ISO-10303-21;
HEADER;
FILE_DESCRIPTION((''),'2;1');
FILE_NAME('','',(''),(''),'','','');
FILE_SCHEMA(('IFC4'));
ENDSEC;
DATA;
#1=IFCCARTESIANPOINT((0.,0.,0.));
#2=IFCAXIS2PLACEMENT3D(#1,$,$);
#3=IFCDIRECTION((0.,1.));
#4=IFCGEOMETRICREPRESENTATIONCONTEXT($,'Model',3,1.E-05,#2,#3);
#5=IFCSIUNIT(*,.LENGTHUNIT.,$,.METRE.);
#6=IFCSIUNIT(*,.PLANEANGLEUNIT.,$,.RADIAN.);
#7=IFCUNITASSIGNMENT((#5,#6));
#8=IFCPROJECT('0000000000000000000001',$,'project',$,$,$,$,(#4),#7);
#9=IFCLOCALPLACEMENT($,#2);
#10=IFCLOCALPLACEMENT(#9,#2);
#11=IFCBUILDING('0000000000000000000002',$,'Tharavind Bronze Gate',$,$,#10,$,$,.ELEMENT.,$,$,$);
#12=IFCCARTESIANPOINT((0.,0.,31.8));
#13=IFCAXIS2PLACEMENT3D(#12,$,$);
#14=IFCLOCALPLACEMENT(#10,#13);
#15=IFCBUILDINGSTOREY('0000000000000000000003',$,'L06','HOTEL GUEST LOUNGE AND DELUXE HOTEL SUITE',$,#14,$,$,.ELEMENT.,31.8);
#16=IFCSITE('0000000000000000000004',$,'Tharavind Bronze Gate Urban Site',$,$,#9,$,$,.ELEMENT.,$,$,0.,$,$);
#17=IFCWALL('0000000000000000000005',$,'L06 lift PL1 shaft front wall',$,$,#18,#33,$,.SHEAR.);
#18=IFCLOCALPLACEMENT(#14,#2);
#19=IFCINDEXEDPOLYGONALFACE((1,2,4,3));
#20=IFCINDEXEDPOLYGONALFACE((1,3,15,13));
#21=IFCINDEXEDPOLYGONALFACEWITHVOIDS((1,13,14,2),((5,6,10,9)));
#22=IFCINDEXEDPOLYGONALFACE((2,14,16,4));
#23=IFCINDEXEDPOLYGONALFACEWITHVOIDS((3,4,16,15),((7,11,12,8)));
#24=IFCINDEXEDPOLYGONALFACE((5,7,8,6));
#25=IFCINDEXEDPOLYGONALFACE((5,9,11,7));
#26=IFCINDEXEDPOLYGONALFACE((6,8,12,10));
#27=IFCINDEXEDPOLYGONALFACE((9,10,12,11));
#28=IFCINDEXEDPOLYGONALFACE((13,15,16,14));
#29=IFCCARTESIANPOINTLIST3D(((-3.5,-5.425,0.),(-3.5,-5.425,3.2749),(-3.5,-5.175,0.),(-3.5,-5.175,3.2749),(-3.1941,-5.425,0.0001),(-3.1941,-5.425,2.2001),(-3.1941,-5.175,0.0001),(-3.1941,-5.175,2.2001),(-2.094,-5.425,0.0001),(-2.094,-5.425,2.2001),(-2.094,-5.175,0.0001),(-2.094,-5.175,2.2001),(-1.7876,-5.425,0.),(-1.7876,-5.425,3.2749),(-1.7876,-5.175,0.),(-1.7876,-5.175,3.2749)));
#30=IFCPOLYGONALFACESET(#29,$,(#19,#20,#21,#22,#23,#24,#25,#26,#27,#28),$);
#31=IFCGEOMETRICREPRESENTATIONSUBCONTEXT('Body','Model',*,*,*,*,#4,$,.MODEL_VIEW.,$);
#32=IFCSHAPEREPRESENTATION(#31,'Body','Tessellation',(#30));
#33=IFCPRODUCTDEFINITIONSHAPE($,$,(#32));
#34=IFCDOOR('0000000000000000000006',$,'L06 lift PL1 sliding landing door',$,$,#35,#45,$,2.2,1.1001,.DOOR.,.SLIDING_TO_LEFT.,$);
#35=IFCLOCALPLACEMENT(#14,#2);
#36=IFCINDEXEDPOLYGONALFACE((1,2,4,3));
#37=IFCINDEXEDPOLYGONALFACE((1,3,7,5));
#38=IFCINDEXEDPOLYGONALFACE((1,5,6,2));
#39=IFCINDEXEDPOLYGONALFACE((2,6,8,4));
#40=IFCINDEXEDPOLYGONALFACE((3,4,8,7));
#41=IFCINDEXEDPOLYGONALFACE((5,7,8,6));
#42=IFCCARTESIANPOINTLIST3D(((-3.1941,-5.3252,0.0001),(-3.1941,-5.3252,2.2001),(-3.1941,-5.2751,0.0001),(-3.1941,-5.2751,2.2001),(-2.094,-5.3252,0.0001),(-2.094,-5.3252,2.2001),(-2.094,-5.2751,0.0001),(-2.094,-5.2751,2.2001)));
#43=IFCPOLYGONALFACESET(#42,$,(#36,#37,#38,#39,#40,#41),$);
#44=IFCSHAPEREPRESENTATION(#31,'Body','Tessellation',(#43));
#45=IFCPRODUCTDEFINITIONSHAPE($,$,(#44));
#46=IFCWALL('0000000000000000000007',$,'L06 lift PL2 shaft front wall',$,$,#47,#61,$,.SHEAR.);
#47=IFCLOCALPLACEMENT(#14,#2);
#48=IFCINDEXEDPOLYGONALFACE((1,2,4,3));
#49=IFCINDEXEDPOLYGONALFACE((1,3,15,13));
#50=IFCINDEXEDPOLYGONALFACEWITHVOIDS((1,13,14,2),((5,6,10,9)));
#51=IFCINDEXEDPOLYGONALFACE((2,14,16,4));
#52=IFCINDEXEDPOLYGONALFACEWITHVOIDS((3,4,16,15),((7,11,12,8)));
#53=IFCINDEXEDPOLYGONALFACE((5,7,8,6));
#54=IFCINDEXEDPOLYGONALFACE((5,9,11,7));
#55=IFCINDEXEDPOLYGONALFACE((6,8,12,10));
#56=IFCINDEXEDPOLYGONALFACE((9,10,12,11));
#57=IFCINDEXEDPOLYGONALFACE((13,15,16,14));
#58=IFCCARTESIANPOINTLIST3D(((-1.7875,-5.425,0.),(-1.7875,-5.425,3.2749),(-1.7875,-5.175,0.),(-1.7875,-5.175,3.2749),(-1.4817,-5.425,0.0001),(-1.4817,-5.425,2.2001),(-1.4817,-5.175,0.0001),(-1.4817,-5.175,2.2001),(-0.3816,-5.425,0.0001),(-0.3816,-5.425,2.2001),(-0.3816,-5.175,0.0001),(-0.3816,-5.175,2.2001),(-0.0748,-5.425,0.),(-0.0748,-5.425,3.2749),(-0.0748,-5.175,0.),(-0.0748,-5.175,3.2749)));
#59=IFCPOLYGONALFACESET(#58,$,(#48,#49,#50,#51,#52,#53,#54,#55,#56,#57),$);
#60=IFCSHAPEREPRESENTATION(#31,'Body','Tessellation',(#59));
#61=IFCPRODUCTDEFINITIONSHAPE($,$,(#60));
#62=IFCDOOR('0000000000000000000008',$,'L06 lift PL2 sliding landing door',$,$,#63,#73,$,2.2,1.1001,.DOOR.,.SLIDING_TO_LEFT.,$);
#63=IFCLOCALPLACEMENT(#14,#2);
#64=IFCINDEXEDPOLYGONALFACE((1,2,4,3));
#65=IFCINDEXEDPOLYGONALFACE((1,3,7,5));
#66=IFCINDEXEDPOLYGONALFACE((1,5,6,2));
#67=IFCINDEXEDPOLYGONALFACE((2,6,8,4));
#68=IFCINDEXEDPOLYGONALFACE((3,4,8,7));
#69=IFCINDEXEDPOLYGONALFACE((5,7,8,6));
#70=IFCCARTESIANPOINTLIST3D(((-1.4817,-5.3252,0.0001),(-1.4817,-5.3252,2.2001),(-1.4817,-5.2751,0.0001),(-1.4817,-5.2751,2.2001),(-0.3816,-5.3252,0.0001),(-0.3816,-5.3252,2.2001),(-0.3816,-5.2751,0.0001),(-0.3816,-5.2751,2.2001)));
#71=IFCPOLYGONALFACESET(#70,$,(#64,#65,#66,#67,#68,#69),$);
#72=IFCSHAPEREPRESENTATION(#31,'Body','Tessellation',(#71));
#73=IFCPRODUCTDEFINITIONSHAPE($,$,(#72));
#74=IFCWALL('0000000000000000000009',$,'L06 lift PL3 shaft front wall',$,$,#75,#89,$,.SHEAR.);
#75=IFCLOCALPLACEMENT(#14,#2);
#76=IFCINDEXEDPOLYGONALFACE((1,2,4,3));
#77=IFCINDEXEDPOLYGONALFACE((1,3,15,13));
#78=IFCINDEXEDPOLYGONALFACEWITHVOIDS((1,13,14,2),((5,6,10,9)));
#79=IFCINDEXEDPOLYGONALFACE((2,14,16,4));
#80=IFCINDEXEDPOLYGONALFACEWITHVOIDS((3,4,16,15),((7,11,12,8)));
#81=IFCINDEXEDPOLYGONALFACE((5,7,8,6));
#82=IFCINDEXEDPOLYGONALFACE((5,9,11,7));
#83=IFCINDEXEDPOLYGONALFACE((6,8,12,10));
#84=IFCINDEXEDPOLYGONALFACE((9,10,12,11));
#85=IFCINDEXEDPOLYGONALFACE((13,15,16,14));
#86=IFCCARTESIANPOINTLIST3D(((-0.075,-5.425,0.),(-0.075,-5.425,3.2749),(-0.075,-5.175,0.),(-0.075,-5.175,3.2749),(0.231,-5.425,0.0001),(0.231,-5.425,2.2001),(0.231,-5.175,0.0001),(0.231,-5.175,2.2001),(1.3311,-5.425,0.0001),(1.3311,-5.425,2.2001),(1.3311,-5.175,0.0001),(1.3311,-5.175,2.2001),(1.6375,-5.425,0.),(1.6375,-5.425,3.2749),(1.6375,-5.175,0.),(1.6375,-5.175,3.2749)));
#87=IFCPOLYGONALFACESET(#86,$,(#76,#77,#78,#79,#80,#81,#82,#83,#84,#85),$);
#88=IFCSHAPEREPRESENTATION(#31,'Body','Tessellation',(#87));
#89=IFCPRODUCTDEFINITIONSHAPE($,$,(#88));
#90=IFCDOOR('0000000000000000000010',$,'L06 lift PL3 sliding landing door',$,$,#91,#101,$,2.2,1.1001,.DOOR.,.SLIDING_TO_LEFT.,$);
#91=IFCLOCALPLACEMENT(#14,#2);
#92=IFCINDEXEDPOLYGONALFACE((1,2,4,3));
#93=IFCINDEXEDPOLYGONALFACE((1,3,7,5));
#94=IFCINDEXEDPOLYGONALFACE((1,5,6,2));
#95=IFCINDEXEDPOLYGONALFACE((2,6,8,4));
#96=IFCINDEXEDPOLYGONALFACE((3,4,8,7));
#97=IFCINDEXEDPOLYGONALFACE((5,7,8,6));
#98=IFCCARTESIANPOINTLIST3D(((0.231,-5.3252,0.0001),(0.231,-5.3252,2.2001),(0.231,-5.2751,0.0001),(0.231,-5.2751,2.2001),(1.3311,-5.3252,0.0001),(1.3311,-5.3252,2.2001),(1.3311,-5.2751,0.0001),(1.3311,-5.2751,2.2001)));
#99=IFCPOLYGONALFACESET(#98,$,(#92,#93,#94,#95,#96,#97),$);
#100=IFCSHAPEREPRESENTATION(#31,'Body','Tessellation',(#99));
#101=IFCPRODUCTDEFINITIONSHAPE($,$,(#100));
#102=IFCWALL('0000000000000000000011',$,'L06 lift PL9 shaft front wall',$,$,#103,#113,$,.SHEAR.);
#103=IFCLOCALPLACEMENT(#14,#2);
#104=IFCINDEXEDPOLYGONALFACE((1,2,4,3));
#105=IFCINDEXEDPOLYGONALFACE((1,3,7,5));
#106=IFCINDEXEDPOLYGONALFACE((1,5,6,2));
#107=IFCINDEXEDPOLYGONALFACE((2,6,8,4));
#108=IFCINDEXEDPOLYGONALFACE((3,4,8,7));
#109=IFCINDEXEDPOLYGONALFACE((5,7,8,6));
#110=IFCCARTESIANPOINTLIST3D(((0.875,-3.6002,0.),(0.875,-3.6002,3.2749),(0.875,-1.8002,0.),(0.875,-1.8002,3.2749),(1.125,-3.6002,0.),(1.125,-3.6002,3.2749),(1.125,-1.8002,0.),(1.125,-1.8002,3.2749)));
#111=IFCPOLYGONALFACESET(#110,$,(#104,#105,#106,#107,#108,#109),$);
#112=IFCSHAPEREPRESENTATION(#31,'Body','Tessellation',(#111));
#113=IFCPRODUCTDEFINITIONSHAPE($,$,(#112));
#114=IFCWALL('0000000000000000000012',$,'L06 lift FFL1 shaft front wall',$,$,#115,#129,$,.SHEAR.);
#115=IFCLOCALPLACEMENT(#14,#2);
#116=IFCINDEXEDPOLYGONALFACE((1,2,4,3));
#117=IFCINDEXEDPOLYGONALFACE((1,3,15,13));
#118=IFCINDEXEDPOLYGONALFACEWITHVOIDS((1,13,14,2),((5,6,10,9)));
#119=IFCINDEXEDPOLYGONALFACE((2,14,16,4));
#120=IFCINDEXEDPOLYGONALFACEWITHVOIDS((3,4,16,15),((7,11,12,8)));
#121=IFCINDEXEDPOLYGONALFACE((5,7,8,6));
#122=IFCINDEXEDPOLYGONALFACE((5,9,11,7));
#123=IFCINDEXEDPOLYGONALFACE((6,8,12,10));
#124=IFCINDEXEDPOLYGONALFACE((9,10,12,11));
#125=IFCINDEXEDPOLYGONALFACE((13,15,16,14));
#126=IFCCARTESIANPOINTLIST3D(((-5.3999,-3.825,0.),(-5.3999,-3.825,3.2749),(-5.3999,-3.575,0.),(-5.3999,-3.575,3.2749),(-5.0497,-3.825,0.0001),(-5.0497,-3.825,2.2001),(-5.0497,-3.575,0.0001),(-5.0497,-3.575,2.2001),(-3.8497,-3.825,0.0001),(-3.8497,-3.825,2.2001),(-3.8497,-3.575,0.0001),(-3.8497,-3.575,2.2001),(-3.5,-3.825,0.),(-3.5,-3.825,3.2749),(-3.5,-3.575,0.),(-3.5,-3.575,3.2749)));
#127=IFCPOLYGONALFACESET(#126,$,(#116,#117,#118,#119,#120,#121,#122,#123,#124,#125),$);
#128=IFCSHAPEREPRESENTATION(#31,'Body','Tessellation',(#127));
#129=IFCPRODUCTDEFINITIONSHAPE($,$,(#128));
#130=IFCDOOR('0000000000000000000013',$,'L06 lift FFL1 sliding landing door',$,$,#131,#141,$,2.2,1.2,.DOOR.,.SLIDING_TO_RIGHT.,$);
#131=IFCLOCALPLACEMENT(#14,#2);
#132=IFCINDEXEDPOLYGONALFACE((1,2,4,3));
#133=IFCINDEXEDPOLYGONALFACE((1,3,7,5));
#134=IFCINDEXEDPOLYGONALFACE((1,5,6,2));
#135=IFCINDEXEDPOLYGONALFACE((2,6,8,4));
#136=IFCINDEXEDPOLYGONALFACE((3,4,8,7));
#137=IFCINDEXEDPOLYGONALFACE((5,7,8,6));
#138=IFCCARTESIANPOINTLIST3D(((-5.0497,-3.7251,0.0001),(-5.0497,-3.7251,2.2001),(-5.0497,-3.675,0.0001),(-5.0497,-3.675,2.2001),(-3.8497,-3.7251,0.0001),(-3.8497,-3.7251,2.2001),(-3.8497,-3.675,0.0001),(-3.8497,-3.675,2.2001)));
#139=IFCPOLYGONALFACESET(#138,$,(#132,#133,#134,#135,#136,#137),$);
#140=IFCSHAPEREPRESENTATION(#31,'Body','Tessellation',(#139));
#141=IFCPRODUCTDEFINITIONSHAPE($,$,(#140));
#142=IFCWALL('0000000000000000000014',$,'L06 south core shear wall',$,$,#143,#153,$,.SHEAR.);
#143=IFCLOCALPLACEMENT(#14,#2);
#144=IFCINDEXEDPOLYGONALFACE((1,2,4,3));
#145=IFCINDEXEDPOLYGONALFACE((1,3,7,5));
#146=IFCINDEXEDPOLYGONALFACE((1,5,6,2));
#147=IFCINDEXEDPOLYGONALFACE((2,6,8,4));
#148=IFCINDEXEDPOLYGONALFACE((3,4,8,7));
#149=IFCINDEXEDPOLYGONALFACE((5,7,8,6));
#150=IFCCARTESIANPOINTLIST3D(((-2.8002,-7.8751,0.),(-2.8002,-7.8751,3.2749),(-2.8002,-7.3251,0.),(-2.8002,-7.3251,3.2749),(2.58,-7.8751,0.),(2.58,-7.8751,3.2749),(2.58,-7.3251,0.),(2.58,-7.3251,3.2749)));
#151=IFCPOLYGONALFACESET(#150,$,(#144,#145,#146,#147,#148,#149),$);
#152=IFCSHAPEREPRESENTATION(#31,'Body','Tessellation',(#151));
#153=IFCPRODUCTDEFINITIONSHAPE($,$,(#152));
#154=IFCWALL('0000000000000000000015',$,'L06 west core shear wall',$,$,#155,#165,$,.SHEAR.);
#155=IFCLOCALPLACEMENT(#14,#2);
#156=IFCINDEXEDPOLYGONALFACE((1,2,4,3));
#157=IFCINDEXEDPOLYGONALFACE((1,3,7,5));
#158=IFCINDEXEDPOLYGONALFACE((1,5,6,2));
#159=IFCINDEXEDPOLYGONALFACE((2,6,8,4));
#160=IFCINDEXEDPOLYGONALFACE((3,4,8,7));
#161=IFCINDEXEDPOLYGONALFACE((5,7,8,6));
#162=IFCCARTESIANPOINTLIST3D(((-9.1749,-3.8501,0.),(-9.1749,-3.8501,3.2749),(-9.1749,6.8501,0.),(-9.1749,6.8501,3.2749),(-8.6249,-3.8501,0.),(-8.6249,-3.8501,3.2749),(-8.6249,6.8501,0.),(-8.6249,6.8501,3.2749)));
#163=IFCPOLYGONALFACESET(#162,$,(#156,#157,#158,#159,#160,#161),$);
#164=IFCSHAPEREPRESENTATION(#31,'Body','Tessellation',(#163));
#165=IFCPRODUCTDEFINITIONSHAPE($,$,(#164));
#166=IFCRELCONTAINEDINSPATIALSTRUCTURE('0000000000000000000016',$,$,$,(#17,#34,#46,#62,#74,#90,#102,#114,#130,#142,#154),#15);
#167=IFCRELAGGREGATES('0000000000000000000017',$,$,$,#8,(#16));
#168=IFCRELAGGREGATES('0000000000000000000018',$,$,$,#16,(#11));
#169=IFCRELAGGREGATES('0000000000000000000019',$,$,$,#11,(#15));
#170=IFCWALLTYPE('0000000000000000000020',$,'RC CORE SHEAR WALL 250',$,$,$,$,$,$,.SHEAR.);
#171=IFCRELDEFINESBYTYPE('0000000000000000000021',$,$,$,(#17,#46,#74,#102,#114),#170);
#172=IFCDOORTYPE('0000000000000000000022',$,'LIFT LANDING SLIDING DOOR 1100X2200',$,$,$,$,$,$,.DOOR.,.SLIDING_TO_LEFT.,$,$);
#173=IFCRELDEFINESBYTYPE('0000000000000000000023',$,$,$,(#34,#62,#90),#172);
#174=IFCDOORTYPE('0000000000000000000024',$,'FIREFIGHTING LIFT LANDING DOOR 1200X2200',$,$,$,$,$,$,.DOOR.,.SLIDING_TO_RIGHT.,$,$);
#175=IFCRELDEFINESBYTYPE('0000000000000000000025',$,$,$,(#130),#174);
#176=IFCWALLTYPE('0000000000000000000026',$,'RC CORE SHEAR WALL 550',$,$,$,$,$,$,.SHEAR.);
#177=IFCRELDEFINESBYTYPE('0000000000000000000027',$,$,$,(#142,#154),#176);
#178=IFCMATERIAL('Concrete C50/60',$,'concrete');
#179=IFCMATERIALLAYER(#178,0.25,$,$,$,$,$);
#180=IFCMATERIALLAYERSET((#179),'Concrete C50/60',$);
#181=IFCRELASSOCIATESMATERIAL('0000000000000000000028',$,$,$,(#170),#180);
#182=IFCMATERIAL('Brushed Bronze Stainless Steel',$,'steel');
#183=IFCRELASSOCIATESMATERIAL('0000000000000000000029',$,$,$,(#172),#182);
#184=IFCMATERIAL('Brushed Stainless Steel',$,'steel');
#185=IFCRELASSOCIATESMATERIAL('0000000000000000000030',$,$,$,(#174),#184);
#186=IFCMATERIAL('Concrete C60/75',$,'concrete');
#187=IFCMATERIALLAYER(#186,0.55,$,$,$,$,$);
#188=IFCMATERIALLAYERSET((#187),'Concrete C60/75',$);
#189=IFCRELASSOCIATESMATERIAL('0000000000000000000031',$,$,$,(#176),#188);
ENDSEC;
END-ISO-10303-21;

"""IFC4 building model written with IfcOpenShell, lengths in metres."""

from ifc_helpers import new_model, si_unit, direction, frame, frame_2d, origin, place, context, subcontext, project, spatial, rectangle, extrude, material, layer, layer_set, type_object, element, fill, save


model = new_model("IFC4")

# Units and contexts
model_context = context("Model", 3, precision=1e-05, world=origin(), true_north=direction((0.0, 1.0)))
body_context = subcontext(model_context, "Body", "Model", "MODEL_VIEW")
ifc_project = project(units=[si_unit("LENGTHUNIT", "METRE"), si_unit("PLANEANGLEUNIT", "RADIAN")], contexts=[model_context])

# Site, building, storey
site_placement = place(None, origin())
site = spatial("IfcSite", under=ifc_project, at=site_placement, Name="Tharavind Bronze Gate Urban Site", CompositionType="ELEMENT", RefElevation=0.0)
building_placement = place(site_placement, origin())
building = spatial("IfcBuilding", under=site, at=building_placement, Name="Tharavind Bronze Gate", CompositionType="ELEMENT")
storey_placement = place(building_placement, frame((0.0, 0.0, 31.8)))
storey = spatial("IfcBuildingStorey", under=building, at=storey_placement, Name="L06", Description="HOTEL GUEST LOUNGE AND DELUXE HOTEL SUITE", CompositionType="ELEMENT", Elevation=31.8)

# Shared definitions
ifc_material_1 = material(Name="Concrete C50/60", Category="concrete")
ifc_layer_1 = layer(ifc_material_1, 0.25)
ifc_layer_set_1 = layer_set([ifc_layer_1], Name="Concrete C50/60")
wall_type_1 = type_object("IfcWallType", Name="RC CORE SHEAR WALL 250", PredefinedType="SHEAR", material=ifc_layer_set_1)

# Walls, openings, doors
wall_1_placement = place(storey_placement, frame((-3.5, -5.3, 0.0), z_axis=(0.0, 0.0, 1.0), x_axis=(1.0, 0.0, 0.0)))
wall_1 = element("IfcWall", 1, at=wall_1_placement, inside=storey, type_object=wall_type_1, Name="L06 lift PL1 shaft front wall", PredefinedType="SHEAR", context=body_context, shape_type="SweptSolid", body=[
    extrude(rectangle(XDim=1.7124, YDim=0.25, at=frame_2d((0.8562, 0.0))), origin(), (0.0, 0.0, 1.0), 3.2749),
])
opening_1_placement = place(wall_1_placement, frame((0.3059, 0.0, 0.0)))
opening_1 = element("IfcOpeningElement", 2, at=opening_1_placement, cuts=wall_1, PredefinedType="OPENING", context=body_context, shape_type="SweptSolid", body=[
    extrude(rectangle(XDim=1.1001, YDim=2.2, at=frame_2d((0.55, 1.1001))), frame((0.0, 0.135, 0.0), z_axis=(0.0, -1.0, 0.0), x_axis=(1.0, 0.0, 0.0)), (0.0, 0.0, 1.0), 0.27),
])
ifc_material_2 = material(Name="Brushed Bronze Stainless Steel", Category="steel")
door_type_1 = type_object("IfcDoorType", Name="LIFT LANDING SLIDING DOOR 1100X2200", OperationType="SLIDING_TO_LEFT", PredefinedType="DOOR", material=ifc_material_2)
door_1_placement = place(opening_1_placement, origin())
door_1 = element("IfcDoor", 3, at=door_1_placement, inside=storey, type_object=door_type_1, Name="L06 lift PL1 sliding landing door", OperationType="SLIDING_TO_LEFT", OverallHeight=2.2, OverallWidth=1.1001, PredefinedType="DOOR", context=body_context, shape_type="SweptSolid", body=[
    extrude(rectangle(XDim=1.1001, YDim=2.2, at=frame_2d((0.55, 1.1001))), frame((0.0, 0.0249, 0.0), z_axis=(0.0, -1.0, 0.0), x_axis=(1.0, 0.0, 0.0)), (0.0, 0.0, 1.0), 0.05),
])
fill(opening_1, door_1)
wall_2_placement = place(storey_placement, frame((-1.7876, -5.3, 0.0), z_axis=(0.0, 0.0, 1.0), x_axis=(1.0, 0.0, 0.0)))
wall_2 = element("IfcWall", 4, at=wall_2_placement, inside=storey, type_object=wall_type_1, Name="L06 lift PL2 shaft front wall", PredefinedType="SHEAR", context=body_context, shape_type="SweptSolid", body=[
    extrude(rectangle(XDim=1.7126, YDim=0.25, at=frame_2d((0.8564, 0.0))), origin(), (0.0, 0.0, 1.0), 3.2749),
])
opening_2_placement = place(wall_2_placement, frame((0.3059, 0.0, 0.0)))
opening_2 = element("IfcOpeningElement", 5, at=opening_2_placement, cuts=wall_2, PredefinedType="OPENING", context=body_context, shape_type="SweptSolid", body=[
    extrude(rectangle(XDim=1.1001, YDim=2.2, at=frame_2d((0.55, 1.1001))), frame((0.0, 0.135, 0.0), z_axis=(0.0, -1.0, 0.0), x_axis=(1.0, 0.0, 0.0)), (0.0, 0.0, 1.0), 0.27),
])
door_2_placement = place(opening_2_placement, origin())
door_2 = element("IfcDoor", 6, at=door_2_placement, inside=storey, type_object=door_type_1, Name="L06 lift PL2 sliding landing door", OperationType="SLIDING_TO_LEFT", OverallHeight=2.2, OverallWidth=1.1001, PredefinedType="DOOR", context=body_context, shape_type="SweptSolid", body=[
    extrude(rectangle(XDim=1.1001, YDim=2.2, at=frame_2d((0.55, 1.1001))), frame((0.0, 0.0249, 0.0), z_axis=(0.0, -1.0, 0.0), x_axis=(1.0, 0.0, 0.0)), (0.0, 0.0, 1.0), 0.05),
])
fill(opening_2, door_2)
wall_3_placement = place(storey_placement, frame((-0.075, -5.3, 0.0), z_axis=(0.0, 0.0, 1.0), x_axis=(1.0, 0.0, 0.0)))
wall_3 = element("IfcWall", 7, at=wall_3_placement, inside=storey, type_object=wall_type_1, Name="L06 lift PL3 shaft front wall", PredefinedType="SHEAR", context=body_context, shape_type="SweptSolid", body=[
    extrude(rectangle(XDim=1.7124, YDim=0.25, at=frame_2d((0.8562, 0.0))), origin(), (0.0, 0.0, 1.0), 3.2749),
])
opening_3_placement = place(wall_3_placement, frame((0.3059, 0.0, 0.0)))
opening_3 = element("IfcOpeningElement", 8, at=opening_3_placement, cuts=wall_3, PredefinedType="OPENING", context=body_context, shape_type="SweptSolid", body=[
    extrude(rectangle(XDim=1.1001, YDim=2.2, at=frame_2d((0.55, 1.1001))), frame((0.0, 0.135, 0.0), z_axis=(0.0, -1.0, 0.0), x_axis=(1.0, 0.0, 0.0)), (0.0, 0.0, 1.0), 0.27),
])
door_3_placement = place(opening_3_placement, origin())
door_3 = element("IfcDoor", 9, at=door_3_placement, inside=storey, type_object=door_type_1, Name="L06 lift PL3 sliding landing door", OperationType="SLIDING_TO_LEFT", OverallHeight=2.2, OverallWidth=1.1001, PredefinedType="DOOR", context=body_context, shape_type="SweptSolid", body=[
    extrude(rectangle(XDim=1.1001, YDim=2.2, at=frame_2d((0.55, 1.1001))), frame((0.0, 0.0249, 0.0), z_axis=(0.0, -1.0, 0.0), x_axis=(1.0, 0.0, 0.0)), (0.0, 0.0, 1.0), 0.05),
])
fill(opening_3, door_3)

# Wall
wall_4_placement = place(storey_placement, frame((1.0, -3.6001, 0.0), z_axis=(0.0, 0.0, 1.0), x_axis=(0.0, 1.0, 0.0)))
element("IfcWall", 10, at=wall_4_placement, inside=storey, type_object=wall_type_1, Name="L06 lift PL9 shaft front wall", PredefinedType="SHEAR", context=body_context, shape_type="SweptSolid", body=[
    extrude(rectangle(XDim=1.8, YDim=0.25, at=frame_2d((0.8999, 0.0))), origin(), (0.0, 0.0, 1.0), 3.2749),
])

# Wall, opening, door
wall_5_placement = place(storey_placement, frame((-5.3999, -3.7, 0.0), z_axis=(0.0, 0.0, 1.0), x_axis=(1.0, 0.0, 0.0)))
wall_5 = element("IfcWall", 11, at=wall_5_placement, inside=storey, type_object=wall_type_1, Name="L06 lift FFL1 shaft front wall", PredefinedType="SHEAR", context=body_context, shape_type="SweptSolid", body=[
    extrude(rectangle(XDim=1.8999, YDim=0.25, at=frame_2d((0.95, 0.0))), origin(), (0.0, 0.0, 1.0), 3.2749),
])
opening_4_placement = place(wall_5_placement, frame((0.3501, 0.0, 0.0)))
opening_4 = element("IfcOpeningElement", 12, at=opening_4_placement, cuts=wall_5, PredefinedType="OPENING", context=body_context, shape_type="SweptSolid", body=[
    extrude(rectangle(XDim=1.2, YDim=2.2, at=frame_2d((0.6001, 1.1001))), frame((0.0, 0.135, 0.0), z_axis=(0.0, -1.0, 0.0), x_axis=(1.0, 0.0, 0.0)), (0.0, 0.0, 1.0), 0.27),
])
ifc_material_3 = material(Name="Brushed Stainless Steel", Category="steel")
door_type_2 = type_object("IfcDoorType", Name="FIREFIGHTING LIFT LANDING DOOR 1200X2200", OperationType="SLIDING_TO_RIGHT", PredefinedType="DOOR", material=ifc_material_3)
door_4_placement = place(opening_4_placement, origin())
door_4 = element("IfcDoor", 13, at=door_4_placement, inside=storey, type_object=door_type_2, Name="L06 lift FFL1 sliding landing door", OperationType="SLIDING_TO_RIGHT", OverallHeight=2.2, OverallWidth=1.2, PredefinedType="DOOR", context=body_context, shape_type="SweptSolid", body=[
    extrude(rectangle(XDim=1.2, YDim=2.2, at=frame_2d((0.6001, 1.1001))), frame((0.0, 0.0249, 0.0), z_axis=(0.0, -1.0, 0.0), x_axis=(1.0, 0.0, 0.0)), (0.0, 0.0, 1.0), 0.05),
])
fill(opening_4, door_4)

# Walls
ifc_material_4 = material(Name="Concrete C60/75", Category="concrete")
ifc_layer_2 = layer(ifc_material_4, 0.55)
ifc_layer_set_2 = layer_set([ifc_layer_2], Name="Concrete C60/75")
wall_type_2 = type_object("IfcWallType", Name="RC CORE SHEAR WALL 550", PredefinedType="SHEAR", material=ifc_layer_set_2)
wall_6_placement = place(storey_placement, frame((-2.8, -7.6001, 0.0), z_axis=(0.0, 0.0, 1.0), x_axis=(1.0, 0.0, 0.0)))
element("IfcWall", 14, at=wall_6_placement, inside=storey, type_object=wall_type_2, Name="L06 south core shear wall", PredefinedType="SHEAR", context=body_context, shape_type="SweptSolid", body=[
    extrude(rectangle(XDim=5.3801, YDim=0.55, at=frame_2d((2.6899, 0.0))), origin(), (0.0, 0.0, 1.0), 3.2749),
])
wall_7_placement = place(storey_placement, frame((-8.8999, -3.8501, 0.0), z_axis=(0.0, 0.0, 1.0), x_axis=(0.0, 1.0, 0.0)))
element("IfcWall", 15, at=wall_7_placement, inside=storey, type_object=wall_type_2, Name="L06 west core shear wall", PredefinedType="SHEAR", context=body_context, shape_type="SweptSolid", body=[
    extrude(rectangle(XDim=10.7002, YDim=0.55, at=frame_2d((5.3501, 0.0))), origin(), (0.0, 0.0, 1.0), 3.2749),
])

save(model, "model.ifc")
